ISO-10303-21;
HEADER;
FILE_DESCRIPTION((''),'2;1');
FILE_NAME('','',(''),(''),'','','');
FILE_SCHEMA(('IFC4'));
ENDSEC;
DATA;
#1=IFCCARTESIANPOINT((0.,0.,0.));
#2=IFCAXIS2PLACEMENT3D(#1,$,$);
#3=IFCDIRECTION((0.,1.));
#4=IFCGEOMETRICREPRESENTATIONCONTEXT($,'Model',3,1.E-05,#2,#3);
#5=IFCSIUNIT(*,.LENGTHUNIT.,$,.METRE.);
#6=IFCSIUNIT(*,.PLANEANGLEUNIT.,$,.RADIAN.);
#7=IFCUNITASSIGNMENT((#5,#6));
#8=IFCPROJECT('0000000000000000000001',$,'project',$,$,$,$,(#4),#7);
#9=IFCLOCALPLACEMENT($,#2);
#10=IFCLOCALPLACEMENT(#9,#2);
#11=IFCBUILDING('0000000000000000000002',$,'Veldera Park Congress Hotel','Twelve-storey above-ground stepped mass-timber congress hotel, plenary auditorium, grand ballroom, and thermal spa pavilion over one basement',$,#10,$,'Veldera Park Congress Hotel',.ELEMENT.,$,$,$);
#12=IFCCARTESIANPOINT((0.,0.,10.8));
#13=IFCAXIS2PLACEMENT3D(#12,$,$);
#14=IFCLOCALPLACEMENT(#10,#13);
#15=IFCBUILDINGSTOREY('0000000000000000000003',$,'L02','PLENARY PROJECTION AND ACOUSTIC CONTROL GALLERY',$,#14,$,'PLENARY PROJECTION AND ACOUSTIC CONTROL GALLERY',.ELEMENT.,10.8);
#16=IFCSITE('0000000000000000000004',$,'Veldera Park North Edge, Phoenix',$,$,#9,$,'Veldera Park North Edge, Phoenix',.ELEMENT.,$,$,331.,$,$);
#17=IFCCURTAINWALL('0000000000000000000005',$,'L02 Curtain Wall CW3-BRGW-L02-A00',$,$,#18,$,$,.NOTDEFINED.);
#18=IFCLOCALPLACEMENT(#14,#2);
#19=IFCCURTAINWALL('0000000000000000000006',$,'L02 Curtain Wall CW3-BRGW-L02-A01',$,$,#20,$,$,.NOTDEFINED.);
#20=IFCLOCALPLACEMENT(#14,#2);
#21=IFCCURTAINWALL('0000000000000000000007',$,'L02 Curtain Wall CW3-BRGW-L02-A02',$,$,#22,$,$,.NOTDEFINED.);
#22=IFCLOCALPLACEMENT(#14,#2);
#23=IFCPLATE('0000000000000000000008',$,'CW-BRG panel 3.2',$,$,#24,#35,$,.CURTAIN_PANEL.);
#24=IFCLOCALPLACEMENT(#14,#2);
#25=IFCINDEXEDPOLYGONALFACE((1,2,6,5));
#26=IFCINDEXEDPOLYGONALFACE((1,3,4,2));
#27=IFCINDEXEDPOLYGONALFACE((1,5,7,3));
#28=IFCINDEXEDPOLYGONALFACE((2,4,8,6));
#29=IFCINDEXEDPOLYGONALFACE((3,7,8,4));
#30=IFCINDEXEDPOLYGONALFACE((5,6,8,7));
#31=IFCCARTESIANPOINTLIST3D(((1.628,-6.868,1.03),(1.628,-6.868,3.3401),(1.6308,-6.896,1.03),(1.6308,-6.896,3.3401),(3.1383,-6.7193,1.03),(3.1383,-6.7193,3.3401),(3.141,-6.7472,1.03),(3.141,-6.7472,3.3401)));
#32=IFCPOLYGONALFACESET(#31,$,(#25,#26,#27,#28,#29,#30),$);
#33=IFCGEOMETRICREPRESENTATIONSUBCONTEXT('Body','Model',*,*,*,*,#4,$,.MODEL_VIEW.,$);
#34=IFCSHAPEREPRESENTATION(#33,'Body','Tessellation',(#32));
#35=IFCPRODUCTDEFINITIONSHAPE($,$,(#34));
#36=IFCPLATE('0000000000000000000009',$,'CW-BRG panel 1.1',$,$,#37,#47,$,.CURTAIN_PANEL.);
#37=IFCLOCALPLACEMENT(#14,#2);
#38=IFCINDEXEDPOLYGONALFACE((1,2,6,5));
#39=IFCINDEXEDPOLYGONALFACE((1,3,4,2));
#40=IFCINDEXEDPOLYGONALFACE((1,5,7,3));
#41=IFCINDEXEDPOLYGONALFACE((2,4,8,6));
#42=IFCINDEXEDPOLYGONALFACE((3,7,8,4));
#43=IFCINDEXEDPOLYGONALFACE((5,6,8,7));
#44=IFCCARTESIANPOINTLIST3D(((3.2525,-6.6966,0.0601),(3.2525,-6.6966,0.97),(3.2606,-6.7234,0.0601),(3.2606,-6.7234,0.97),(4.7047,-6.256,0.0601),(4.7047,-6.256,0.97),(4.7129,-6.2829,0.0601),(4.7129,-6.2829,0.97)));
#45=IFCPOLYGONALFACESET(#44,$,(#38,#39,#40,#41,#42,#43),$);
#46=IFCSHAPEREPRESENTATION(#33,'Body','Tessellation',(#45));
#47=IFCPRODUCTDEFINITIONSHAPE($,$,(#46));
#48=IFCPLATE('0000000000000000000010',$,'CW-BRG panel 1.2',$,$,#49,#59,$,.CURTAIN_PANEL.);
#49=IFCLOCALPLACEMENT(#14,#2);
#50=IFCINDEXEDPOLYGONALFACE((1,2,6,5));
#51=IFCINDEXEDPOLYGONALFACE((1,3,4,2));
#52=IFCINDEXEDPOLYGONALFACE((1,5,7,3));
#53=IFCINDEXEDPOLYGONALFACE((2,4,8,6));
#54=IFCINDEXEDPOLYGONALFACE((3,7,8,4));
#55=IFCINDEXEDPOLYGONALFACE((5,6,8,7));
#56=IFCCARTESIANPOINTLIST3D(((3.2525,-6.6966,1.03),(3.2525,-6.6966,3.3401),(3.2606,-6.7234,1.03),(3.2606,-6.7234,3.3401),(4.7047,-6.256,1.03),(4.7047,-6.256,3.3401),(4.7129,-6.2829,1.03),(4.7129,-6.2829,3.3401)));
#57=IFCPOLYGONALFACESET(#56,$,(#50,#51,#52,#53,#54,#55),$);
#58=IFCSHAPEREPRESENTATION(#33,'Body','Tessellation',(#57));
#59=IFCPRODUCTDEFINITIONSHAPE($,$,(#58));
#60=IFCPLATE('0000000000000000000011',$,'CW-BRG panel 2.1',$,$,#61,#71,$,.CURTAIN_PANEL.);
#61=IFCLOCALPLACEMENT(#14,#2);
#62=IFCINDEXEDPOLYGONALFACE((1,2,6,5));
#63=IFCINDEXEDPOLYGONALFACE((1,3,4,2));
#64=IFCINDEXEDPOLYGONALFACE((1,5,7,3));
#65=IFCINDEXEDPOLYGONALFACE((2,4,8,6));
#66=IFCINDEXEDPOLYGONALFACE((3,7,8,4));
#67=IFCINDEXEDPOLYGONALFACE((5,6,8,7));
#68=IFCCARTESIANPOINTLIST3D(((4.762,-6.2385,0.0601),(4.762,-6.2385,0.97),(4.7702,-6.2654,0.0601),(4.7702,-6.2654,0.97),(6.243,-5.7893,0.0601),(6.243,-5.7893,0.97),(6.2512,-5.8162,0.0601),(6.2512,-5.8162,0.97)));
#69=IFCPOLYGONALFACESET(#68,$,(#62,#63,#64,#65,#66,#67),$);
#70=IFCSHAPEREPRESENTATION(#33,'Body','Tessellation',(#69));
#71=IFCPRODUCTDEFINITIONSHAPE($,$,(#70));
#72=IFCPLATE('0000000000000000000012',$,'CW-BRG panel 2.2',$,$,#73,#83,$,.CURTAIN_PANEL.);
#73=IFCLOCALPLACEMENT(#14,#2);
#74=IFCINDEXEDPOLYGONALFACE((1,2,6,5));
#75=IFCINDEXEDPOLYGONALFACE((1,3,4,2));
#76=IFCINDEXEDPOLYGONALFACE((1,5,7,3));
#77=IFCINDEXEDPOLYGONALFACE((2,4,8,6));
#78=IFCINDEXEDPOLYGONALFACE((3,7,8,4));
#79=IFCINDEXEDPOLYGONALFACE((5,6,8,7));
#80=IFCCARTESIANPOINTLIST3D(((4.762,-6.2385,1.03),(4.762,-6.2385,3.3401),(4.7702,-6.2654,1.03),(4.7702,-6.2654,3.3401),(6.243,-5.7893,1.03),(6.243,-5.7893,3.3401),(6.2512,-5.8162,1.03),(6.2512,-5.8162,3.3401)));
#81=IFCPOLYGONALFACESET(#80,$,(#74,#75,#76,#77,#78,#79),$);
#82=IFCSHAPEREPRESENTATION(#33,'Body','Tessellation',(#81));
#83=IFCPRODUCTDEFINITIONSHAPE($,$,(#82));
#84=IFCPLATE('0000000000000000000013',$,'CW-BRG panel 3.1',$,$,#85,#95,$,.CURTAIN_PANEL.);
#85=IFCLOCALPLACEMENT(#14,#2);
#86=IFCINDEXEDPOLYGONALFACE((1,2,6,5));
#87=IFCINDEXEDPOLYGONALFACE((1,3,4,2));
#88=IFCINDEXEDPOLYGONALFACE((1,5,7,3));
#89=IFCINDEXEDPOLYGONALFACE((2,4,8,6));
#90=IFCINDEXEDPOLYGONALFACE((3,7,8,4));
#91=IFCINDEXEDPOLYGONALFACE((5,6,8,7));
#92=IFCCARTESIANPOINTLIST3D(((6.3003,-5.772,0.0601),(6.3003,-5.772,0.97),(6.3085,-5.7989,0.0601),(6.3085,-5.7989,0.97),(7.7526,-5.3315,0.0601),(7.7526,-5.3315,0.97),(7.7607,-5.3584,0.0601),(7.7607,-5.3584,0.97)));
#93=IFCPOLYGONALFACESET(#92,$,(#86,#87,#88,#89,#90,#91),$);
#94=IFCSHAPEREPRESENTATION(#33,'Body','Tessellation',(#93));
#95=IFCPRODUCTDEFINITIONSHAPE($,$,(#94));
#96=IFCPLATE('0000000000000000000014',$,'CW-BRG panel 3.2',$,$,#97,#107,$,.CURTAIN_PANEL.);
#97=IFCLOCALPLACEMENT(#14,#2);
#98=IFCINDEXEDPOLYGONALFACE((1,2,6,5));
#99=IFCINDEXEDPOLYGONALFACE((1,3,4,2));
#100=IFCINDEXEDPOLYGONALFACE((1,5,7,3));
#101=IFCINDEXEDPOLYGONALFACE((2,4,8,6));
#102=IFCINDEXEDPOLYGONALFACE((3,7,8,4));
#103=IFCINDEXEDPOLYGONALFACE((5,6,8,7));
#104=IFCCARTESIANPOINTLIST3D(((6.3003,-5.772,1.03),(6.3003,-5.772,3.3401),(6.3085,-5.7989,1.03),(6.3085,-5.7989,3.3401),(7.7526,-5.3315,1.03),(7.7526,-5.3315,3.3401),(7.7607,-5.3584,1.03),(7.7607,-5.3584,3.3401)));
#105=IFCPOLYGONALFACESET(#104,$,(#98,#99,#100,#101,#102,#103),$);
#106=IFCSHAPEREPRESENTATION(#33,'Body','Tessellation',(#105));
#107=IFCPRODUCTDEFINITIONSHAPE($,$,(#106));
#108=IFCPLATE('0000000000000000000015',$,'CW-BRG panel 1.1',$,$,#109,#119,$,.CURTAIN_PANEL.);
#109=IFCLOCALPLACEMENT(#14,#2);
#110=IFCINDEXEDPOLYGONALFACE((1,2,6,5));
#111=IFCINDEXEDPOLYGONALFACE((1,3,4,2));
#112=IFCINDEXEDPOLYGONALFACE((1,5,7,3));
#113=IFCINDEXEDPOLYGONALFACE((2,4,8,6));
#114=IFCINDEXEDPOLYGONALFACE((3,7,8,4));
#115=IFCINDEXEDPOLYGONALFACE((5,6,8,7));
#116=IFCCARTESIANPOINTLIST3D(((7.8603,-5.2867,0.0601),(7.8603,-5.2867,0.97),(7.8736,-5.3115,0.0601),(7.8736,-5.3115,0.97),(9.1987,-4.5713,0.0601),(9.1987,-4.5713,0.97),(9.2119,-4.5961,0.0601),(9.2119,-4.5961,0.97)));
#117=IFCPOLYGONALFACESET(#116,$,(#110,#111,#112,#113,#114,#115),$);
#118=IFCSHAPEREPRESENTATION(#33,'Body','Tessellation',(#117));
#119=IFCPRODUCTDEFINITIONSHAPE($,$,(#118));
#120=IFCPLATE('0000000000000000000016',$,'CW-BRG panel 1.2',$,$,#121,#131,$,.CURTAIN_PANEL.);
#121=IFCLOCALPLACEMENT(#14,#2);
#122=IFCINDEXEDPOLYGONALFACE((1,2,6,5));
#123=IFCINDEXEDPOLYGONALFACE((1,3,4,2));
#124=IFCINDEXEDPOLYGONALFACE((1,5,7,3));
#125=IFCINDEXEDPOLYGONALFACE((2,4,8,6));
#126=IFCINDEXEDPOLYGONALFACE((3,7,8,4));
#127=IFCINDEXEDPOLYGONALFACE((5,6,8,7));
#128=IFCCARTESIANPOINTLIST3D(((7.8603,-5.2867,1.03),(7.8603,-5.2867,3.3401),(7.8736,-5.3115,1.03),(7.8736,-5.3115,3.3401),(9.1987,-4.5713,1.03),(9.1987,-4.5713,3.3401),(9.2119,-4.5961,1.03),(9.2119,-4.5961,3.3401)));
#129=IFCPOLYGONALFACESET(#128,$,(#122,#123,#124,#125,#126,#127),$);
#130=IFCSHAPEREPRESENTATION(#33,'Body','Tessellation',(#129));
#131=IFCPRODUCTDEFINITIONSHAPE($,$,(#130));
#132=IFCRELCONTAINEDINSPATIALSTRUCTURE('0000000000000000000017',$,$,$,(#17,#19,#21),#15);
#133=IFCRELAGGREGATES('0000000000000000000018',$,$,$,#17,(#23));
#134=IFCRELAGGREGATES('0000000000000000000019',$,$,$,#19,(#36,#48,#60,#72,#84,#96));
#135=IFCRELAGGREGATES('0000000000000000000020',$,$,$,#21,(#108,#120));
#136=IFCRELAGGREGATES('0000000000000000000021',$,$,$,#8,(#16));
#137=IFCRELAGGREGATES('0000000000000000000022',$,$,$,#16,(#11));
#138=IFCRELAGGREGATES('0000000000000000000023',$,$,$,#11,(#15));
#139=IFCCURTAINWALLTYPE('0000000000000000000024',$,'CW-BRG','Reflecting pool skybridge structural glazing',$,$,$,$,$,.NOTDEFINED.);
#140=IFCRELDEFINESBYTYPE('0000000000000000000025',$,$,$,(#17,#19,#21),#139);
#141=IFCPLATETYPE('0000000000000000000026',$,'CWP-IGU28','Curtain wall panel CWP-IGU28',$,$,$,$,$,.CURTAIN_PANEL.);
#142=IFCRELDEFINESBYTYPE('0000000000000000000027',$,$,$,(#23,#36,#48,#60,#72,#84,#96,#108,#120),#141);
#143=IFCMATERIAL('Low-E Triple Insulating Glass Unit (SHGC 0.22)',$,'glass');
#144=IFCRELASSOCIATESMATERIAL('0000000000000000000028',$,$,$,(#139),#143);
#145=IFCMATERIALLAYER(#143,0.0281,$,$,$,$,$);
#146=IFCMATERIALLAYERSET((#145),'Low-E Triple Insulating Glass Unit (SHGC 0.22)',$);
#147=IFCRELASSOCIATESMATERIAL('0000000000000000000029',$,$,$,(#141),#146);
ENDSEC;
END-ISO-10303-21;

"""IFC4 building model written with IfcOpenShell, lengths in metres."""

from ifc_helpers import new_model, si_unit, direction, frame, origin, origin_2d, place, context, subcontext, project, spatial, rectangle, extrude, material, layer, layer_set, type_object, element, aggregate, save


model = new_model("IFC4")

# Units and contexts
model_context = context("Model", 3, precision=1e-05, world=origin(), true_north=direction((0.0, 1.0)))
body_context = subcontext(model_context, "Body", "Model", "MODEL_VIEW")
ifc_project = project(units=[si_unit("LENGTHUNIT", "METRE"), si_unit("PLANEANGLEUNIT", "RADIAN")], contexts=[model_context])

# Site, building, storey
site_placement = place(None, origin())
site = spatial("IfcSite", under=ifc_project, at=site_placement, Name="Veldera Park North Edge, Phoenix", LongName="Veldera Park North Edge, Phoenix", CompositionType="ELEMENT", RefElevation=331.0)
building_placement = place(site_placement, origin())
building = spatial("IfcBuilding", under=site, at=building_placement, Name="Veldera Park Congress Hotel", Description="Twelve-storey above-ground stepped mass-timber congress hotel, plenary auditorium, grand ballroom, and thermal spa pavilion over one basement", LongName="Veldera Park Congress Hotel", CompositionType="ELEMENT")
storey_placement = place(building_placement, frame((0.0, 0.0, 10.8)))
storey = spatial("IfcBuildingStorey", under=building, at=storey_placement, Name="L02", Description="PLENARY PROJECTION AND ACOUSTIC CONTROL GALLERY", LongName="PLENARY PROJECTION AND ACOUSTIC CONTROL GALLERY", CompositionType="ELEMENT", Elevation=10.8)

# Curtain walls
ifc_material_1 = material(Name="Low-E Triple Insulating Glass Unit (SHGC 0.22)", Category="glass")
curtain_wall_type = type_object("IfcCurtainWallType", Name="CW-BRG", Description="Reflecting pool skybridge structural glazing", PredefinedType="NOTDEFINED", material=ifc_material_1)
curtain_wall_1_placement = place(storey_placement, origin())
curtain_wall_1 = element("IfcCurtainWall", 1, at=curtain_wall_1_placement, inside=storey, type_object=curtain_wall_type, Name="L02 Curtain Wall CW3-BRGW-L02-A00", PredefinedType="NOTDEFINED")
curtain_wall_2_placement = place(storey_placement, origin())
curtain_wall_2 = element("IfcCurtainWall", 2, at=curtain_wall_2_placement, inside=storey, type_object=curtain_wall_type, Name="L02 Curtain Wall CW3-BRGW-L02-A01", PredefinedType="NOTDEFINED")
curtain_wall_3_placement = place(storey_placement, origin())
curtain_wall_3 = element("IfcCurtainWall", 3, at=curtain_wall_3_placement, inside=storey, type_object=curtain_wall_type, Name="L02 Curtain Wall CW3-BRGW-L02-A02", PredefinedType="NOTDEFINED")

# Plates
ifc_layer = layer(ifc_material_1, 0.0281)
ifc_layer_set = layer_set([ifc_layer], Name="Low-E Triple Insulating Glass Unit (SHGC 0.22)")
plate_type = type_object("IfcPlateType", Name="CWP-IGU28", Description="Curtain wall panel CWP-IGU28", PredefinedType="CURTAIN_PANEL", material=ifc_layer_set)
plate_1_placement = place(storey_placement, frame((2.3845, -6.8076, 1.03), z_axis=(0.0, 0.0, 1.0), x_axis=(0.995184, 0.098021, 0.0)))
plate_1 = element("IfcPlate", 4, at=plate_1_placement, type_object=plate_type, Name="CW-BRG panel 3.2", PredefinedType="CURTAIN_PANEL", context=body_context, shape_type="SweptSolid", body=[
    extrude(rectangle(XDim=1.5176, YDim=0.0281, at=origin_2d()), origin(), (0.0, 0.0, 1.0), 2.3101),
])
aggregate(curtain_wall_1, [plate_1])
plate_2_placement = place(storey_placement, frame((3.9827, -6.4897, 0.0601), z_axis=(0.0, 0.0, 1.0), x_axis=(0.956939, 0.290288, 0.0)))
plate_2 = element("IfcPlate", 5, at=plate_2_placement, type_object=plate_type, Name="CW-BRG panel 1.1", PredefinedType="CURTAIN_PANEL", context=body_context, shape_type="SweptSolid", body=[
    extrude(rectangle(XDim=1.5176, YDim=0.0281, at=origin_2d()), origin(), (0.0, 0.0, 1.0), 0.9099),
])
plate_3_placement = place(storey_placement, frame((3.9827, -6.4897, 1.03), z_axis=(0.0, 0.0, 1.0), x_axis=(0.956939, 0.290288, 0.0)))
plate_3 = element("IfcPlate", 6, at=plate_3_placement, type_object=plate_type, Name="CW-BRG panel 1.2", PredefinedType="CURTAIN_PANEL", context=body_context, shape_type="SweptSolid", body=[
    extrude(rectangle(XDim=1.5176, YDim=0.0281, at=origin_2d()), origin(), (0.0, 0.0, 1.0), 2.3101),
])
plate_4_placement = place(storey_placement, frame((5.5066, -6.0273, 0.0601), z_axis=(0.0, 0.0, 1.0), x_axis=(0.956939, 0.290288, 0.0)))
plate_4 = element("IfcPlate", 7, at=plate_4_placement, type_object=plate_type, Name="CW-BRG panel 2.1", PredefinedType="CURTAIN_PANEL", context=body_context, shape_type="SweptSolid", body=[
    extrude(rectangle(XDim=1.5476, YDim=0.0281, at=origin_2d()), origin(), (0.0, 0.0, 1.0), 0.9099),
])
plate_5_placement = place(storey_placement, frame((5.5066, -6.0273, 1.03), z_axis=(0.0, 0.0, 1.0), x_axis=(0.956939, 0.290288, 0.0)))
plate_5 = element("IfcPlate", 8, at=plate_5_placement, type_object=plate_type, Name="CW-BRG panel 2.2", PredefinedType="CURTAIN_PANEL", context=body_context, shape_type="SweptSolid", body=[
    extrude(rectangle(XDim=1.5476, YDim=0.0281, at=origin_2d()), origin(), (0.0, 0.0, 1.0), 2.3101),
])
plate_6_placement = place(storey_placement, frame((7.0305, -5.5652, 0.0601), z_axis=(0.0, 0.0, 1.0), x_axis=(0.956939, 0.290288, 0.0)))
plate_6 = element("IfcPlate", 9, at=plate_6_placement, type_object=plate_type, Name="CW-BRG panel 3.1", PredefinedType="CURTAIN_PANEL", context=body_context, shape_type="SweptSolid", body=[
    extrude(rectangle(XDim=1.5176, YDim=0.0281, at=origin_2d()), origin(), (0.0, 0.0, 1.0), 0.9099),
])
plate_7_placement = place(storey_placement, frame((7.0305, -5.5652, 1.03), z_axis=(0.0, 0.0, 1.0), x_axis=(0.956939, 0.290288, 0.0)))
plate_7 = element("IfcPlate", 10, at=plate_7_placement, type_object=plate_type, Name="CW-BRG panel 3.2", PredefinedType="CURTAIN_PANEL", context=body_context, shape_type="SweptSolid", body=[
    extrude(rectangle(XDim=1.5176, YDim=0.0281, at=origin_2d()), origin(), (0.0, 0.0, 1.0), 2.3101),
])
aggregate(curtain_wall_2, [plate_2, plate_3, plate_4, plate_5, plate_6, plate_7])
plate_8_placement = place(storey_placement, frame((8.5361, -4.9414, 0.0601), z_axis=(0.0, 0.0, 1.0), x_axis=(0.881928, 0.471385, 0.0)))
plate_8 = element("IfcPlate", 11, at=plate_8_placement, type_object=plate_type, Name="CW-BRG panel 1.1", PredefinedType="CURTAIN_PANEL", context=body_context, shape_type="SweptSolid", body=[
    extrude(rectangle(XDim=1.5176, YDim=0.0281, at=origin_2d()), origin(), (0.0, 0.0, 1.0), 0.9099),
])
plate_9_placement = place(storey_placement, frame((8.5361, -4.9414, 1.03), z_axis=(0.0, 0.0, 1.0), x_axis=(0.881928, 0.471385, 0.0)))
plate_9 = element("IfcPlate", 12, at=plate_9_placement, type_object=plate_type, Name="CW-BRG panel 1.2", PredefinedType="CURTAIN_PANEL", context=body_context, shape_type="SweptSolid", body=[
    extrude(rectangle(XDim=1.5176, YDim=0.0281, at=origin_2d()), origin(), (0.0, 0.0, 1.0), 2.3101),
])
aggregate(curtain_wall_3, [plate_8, plate_9])

save(model, "model.ifc")
